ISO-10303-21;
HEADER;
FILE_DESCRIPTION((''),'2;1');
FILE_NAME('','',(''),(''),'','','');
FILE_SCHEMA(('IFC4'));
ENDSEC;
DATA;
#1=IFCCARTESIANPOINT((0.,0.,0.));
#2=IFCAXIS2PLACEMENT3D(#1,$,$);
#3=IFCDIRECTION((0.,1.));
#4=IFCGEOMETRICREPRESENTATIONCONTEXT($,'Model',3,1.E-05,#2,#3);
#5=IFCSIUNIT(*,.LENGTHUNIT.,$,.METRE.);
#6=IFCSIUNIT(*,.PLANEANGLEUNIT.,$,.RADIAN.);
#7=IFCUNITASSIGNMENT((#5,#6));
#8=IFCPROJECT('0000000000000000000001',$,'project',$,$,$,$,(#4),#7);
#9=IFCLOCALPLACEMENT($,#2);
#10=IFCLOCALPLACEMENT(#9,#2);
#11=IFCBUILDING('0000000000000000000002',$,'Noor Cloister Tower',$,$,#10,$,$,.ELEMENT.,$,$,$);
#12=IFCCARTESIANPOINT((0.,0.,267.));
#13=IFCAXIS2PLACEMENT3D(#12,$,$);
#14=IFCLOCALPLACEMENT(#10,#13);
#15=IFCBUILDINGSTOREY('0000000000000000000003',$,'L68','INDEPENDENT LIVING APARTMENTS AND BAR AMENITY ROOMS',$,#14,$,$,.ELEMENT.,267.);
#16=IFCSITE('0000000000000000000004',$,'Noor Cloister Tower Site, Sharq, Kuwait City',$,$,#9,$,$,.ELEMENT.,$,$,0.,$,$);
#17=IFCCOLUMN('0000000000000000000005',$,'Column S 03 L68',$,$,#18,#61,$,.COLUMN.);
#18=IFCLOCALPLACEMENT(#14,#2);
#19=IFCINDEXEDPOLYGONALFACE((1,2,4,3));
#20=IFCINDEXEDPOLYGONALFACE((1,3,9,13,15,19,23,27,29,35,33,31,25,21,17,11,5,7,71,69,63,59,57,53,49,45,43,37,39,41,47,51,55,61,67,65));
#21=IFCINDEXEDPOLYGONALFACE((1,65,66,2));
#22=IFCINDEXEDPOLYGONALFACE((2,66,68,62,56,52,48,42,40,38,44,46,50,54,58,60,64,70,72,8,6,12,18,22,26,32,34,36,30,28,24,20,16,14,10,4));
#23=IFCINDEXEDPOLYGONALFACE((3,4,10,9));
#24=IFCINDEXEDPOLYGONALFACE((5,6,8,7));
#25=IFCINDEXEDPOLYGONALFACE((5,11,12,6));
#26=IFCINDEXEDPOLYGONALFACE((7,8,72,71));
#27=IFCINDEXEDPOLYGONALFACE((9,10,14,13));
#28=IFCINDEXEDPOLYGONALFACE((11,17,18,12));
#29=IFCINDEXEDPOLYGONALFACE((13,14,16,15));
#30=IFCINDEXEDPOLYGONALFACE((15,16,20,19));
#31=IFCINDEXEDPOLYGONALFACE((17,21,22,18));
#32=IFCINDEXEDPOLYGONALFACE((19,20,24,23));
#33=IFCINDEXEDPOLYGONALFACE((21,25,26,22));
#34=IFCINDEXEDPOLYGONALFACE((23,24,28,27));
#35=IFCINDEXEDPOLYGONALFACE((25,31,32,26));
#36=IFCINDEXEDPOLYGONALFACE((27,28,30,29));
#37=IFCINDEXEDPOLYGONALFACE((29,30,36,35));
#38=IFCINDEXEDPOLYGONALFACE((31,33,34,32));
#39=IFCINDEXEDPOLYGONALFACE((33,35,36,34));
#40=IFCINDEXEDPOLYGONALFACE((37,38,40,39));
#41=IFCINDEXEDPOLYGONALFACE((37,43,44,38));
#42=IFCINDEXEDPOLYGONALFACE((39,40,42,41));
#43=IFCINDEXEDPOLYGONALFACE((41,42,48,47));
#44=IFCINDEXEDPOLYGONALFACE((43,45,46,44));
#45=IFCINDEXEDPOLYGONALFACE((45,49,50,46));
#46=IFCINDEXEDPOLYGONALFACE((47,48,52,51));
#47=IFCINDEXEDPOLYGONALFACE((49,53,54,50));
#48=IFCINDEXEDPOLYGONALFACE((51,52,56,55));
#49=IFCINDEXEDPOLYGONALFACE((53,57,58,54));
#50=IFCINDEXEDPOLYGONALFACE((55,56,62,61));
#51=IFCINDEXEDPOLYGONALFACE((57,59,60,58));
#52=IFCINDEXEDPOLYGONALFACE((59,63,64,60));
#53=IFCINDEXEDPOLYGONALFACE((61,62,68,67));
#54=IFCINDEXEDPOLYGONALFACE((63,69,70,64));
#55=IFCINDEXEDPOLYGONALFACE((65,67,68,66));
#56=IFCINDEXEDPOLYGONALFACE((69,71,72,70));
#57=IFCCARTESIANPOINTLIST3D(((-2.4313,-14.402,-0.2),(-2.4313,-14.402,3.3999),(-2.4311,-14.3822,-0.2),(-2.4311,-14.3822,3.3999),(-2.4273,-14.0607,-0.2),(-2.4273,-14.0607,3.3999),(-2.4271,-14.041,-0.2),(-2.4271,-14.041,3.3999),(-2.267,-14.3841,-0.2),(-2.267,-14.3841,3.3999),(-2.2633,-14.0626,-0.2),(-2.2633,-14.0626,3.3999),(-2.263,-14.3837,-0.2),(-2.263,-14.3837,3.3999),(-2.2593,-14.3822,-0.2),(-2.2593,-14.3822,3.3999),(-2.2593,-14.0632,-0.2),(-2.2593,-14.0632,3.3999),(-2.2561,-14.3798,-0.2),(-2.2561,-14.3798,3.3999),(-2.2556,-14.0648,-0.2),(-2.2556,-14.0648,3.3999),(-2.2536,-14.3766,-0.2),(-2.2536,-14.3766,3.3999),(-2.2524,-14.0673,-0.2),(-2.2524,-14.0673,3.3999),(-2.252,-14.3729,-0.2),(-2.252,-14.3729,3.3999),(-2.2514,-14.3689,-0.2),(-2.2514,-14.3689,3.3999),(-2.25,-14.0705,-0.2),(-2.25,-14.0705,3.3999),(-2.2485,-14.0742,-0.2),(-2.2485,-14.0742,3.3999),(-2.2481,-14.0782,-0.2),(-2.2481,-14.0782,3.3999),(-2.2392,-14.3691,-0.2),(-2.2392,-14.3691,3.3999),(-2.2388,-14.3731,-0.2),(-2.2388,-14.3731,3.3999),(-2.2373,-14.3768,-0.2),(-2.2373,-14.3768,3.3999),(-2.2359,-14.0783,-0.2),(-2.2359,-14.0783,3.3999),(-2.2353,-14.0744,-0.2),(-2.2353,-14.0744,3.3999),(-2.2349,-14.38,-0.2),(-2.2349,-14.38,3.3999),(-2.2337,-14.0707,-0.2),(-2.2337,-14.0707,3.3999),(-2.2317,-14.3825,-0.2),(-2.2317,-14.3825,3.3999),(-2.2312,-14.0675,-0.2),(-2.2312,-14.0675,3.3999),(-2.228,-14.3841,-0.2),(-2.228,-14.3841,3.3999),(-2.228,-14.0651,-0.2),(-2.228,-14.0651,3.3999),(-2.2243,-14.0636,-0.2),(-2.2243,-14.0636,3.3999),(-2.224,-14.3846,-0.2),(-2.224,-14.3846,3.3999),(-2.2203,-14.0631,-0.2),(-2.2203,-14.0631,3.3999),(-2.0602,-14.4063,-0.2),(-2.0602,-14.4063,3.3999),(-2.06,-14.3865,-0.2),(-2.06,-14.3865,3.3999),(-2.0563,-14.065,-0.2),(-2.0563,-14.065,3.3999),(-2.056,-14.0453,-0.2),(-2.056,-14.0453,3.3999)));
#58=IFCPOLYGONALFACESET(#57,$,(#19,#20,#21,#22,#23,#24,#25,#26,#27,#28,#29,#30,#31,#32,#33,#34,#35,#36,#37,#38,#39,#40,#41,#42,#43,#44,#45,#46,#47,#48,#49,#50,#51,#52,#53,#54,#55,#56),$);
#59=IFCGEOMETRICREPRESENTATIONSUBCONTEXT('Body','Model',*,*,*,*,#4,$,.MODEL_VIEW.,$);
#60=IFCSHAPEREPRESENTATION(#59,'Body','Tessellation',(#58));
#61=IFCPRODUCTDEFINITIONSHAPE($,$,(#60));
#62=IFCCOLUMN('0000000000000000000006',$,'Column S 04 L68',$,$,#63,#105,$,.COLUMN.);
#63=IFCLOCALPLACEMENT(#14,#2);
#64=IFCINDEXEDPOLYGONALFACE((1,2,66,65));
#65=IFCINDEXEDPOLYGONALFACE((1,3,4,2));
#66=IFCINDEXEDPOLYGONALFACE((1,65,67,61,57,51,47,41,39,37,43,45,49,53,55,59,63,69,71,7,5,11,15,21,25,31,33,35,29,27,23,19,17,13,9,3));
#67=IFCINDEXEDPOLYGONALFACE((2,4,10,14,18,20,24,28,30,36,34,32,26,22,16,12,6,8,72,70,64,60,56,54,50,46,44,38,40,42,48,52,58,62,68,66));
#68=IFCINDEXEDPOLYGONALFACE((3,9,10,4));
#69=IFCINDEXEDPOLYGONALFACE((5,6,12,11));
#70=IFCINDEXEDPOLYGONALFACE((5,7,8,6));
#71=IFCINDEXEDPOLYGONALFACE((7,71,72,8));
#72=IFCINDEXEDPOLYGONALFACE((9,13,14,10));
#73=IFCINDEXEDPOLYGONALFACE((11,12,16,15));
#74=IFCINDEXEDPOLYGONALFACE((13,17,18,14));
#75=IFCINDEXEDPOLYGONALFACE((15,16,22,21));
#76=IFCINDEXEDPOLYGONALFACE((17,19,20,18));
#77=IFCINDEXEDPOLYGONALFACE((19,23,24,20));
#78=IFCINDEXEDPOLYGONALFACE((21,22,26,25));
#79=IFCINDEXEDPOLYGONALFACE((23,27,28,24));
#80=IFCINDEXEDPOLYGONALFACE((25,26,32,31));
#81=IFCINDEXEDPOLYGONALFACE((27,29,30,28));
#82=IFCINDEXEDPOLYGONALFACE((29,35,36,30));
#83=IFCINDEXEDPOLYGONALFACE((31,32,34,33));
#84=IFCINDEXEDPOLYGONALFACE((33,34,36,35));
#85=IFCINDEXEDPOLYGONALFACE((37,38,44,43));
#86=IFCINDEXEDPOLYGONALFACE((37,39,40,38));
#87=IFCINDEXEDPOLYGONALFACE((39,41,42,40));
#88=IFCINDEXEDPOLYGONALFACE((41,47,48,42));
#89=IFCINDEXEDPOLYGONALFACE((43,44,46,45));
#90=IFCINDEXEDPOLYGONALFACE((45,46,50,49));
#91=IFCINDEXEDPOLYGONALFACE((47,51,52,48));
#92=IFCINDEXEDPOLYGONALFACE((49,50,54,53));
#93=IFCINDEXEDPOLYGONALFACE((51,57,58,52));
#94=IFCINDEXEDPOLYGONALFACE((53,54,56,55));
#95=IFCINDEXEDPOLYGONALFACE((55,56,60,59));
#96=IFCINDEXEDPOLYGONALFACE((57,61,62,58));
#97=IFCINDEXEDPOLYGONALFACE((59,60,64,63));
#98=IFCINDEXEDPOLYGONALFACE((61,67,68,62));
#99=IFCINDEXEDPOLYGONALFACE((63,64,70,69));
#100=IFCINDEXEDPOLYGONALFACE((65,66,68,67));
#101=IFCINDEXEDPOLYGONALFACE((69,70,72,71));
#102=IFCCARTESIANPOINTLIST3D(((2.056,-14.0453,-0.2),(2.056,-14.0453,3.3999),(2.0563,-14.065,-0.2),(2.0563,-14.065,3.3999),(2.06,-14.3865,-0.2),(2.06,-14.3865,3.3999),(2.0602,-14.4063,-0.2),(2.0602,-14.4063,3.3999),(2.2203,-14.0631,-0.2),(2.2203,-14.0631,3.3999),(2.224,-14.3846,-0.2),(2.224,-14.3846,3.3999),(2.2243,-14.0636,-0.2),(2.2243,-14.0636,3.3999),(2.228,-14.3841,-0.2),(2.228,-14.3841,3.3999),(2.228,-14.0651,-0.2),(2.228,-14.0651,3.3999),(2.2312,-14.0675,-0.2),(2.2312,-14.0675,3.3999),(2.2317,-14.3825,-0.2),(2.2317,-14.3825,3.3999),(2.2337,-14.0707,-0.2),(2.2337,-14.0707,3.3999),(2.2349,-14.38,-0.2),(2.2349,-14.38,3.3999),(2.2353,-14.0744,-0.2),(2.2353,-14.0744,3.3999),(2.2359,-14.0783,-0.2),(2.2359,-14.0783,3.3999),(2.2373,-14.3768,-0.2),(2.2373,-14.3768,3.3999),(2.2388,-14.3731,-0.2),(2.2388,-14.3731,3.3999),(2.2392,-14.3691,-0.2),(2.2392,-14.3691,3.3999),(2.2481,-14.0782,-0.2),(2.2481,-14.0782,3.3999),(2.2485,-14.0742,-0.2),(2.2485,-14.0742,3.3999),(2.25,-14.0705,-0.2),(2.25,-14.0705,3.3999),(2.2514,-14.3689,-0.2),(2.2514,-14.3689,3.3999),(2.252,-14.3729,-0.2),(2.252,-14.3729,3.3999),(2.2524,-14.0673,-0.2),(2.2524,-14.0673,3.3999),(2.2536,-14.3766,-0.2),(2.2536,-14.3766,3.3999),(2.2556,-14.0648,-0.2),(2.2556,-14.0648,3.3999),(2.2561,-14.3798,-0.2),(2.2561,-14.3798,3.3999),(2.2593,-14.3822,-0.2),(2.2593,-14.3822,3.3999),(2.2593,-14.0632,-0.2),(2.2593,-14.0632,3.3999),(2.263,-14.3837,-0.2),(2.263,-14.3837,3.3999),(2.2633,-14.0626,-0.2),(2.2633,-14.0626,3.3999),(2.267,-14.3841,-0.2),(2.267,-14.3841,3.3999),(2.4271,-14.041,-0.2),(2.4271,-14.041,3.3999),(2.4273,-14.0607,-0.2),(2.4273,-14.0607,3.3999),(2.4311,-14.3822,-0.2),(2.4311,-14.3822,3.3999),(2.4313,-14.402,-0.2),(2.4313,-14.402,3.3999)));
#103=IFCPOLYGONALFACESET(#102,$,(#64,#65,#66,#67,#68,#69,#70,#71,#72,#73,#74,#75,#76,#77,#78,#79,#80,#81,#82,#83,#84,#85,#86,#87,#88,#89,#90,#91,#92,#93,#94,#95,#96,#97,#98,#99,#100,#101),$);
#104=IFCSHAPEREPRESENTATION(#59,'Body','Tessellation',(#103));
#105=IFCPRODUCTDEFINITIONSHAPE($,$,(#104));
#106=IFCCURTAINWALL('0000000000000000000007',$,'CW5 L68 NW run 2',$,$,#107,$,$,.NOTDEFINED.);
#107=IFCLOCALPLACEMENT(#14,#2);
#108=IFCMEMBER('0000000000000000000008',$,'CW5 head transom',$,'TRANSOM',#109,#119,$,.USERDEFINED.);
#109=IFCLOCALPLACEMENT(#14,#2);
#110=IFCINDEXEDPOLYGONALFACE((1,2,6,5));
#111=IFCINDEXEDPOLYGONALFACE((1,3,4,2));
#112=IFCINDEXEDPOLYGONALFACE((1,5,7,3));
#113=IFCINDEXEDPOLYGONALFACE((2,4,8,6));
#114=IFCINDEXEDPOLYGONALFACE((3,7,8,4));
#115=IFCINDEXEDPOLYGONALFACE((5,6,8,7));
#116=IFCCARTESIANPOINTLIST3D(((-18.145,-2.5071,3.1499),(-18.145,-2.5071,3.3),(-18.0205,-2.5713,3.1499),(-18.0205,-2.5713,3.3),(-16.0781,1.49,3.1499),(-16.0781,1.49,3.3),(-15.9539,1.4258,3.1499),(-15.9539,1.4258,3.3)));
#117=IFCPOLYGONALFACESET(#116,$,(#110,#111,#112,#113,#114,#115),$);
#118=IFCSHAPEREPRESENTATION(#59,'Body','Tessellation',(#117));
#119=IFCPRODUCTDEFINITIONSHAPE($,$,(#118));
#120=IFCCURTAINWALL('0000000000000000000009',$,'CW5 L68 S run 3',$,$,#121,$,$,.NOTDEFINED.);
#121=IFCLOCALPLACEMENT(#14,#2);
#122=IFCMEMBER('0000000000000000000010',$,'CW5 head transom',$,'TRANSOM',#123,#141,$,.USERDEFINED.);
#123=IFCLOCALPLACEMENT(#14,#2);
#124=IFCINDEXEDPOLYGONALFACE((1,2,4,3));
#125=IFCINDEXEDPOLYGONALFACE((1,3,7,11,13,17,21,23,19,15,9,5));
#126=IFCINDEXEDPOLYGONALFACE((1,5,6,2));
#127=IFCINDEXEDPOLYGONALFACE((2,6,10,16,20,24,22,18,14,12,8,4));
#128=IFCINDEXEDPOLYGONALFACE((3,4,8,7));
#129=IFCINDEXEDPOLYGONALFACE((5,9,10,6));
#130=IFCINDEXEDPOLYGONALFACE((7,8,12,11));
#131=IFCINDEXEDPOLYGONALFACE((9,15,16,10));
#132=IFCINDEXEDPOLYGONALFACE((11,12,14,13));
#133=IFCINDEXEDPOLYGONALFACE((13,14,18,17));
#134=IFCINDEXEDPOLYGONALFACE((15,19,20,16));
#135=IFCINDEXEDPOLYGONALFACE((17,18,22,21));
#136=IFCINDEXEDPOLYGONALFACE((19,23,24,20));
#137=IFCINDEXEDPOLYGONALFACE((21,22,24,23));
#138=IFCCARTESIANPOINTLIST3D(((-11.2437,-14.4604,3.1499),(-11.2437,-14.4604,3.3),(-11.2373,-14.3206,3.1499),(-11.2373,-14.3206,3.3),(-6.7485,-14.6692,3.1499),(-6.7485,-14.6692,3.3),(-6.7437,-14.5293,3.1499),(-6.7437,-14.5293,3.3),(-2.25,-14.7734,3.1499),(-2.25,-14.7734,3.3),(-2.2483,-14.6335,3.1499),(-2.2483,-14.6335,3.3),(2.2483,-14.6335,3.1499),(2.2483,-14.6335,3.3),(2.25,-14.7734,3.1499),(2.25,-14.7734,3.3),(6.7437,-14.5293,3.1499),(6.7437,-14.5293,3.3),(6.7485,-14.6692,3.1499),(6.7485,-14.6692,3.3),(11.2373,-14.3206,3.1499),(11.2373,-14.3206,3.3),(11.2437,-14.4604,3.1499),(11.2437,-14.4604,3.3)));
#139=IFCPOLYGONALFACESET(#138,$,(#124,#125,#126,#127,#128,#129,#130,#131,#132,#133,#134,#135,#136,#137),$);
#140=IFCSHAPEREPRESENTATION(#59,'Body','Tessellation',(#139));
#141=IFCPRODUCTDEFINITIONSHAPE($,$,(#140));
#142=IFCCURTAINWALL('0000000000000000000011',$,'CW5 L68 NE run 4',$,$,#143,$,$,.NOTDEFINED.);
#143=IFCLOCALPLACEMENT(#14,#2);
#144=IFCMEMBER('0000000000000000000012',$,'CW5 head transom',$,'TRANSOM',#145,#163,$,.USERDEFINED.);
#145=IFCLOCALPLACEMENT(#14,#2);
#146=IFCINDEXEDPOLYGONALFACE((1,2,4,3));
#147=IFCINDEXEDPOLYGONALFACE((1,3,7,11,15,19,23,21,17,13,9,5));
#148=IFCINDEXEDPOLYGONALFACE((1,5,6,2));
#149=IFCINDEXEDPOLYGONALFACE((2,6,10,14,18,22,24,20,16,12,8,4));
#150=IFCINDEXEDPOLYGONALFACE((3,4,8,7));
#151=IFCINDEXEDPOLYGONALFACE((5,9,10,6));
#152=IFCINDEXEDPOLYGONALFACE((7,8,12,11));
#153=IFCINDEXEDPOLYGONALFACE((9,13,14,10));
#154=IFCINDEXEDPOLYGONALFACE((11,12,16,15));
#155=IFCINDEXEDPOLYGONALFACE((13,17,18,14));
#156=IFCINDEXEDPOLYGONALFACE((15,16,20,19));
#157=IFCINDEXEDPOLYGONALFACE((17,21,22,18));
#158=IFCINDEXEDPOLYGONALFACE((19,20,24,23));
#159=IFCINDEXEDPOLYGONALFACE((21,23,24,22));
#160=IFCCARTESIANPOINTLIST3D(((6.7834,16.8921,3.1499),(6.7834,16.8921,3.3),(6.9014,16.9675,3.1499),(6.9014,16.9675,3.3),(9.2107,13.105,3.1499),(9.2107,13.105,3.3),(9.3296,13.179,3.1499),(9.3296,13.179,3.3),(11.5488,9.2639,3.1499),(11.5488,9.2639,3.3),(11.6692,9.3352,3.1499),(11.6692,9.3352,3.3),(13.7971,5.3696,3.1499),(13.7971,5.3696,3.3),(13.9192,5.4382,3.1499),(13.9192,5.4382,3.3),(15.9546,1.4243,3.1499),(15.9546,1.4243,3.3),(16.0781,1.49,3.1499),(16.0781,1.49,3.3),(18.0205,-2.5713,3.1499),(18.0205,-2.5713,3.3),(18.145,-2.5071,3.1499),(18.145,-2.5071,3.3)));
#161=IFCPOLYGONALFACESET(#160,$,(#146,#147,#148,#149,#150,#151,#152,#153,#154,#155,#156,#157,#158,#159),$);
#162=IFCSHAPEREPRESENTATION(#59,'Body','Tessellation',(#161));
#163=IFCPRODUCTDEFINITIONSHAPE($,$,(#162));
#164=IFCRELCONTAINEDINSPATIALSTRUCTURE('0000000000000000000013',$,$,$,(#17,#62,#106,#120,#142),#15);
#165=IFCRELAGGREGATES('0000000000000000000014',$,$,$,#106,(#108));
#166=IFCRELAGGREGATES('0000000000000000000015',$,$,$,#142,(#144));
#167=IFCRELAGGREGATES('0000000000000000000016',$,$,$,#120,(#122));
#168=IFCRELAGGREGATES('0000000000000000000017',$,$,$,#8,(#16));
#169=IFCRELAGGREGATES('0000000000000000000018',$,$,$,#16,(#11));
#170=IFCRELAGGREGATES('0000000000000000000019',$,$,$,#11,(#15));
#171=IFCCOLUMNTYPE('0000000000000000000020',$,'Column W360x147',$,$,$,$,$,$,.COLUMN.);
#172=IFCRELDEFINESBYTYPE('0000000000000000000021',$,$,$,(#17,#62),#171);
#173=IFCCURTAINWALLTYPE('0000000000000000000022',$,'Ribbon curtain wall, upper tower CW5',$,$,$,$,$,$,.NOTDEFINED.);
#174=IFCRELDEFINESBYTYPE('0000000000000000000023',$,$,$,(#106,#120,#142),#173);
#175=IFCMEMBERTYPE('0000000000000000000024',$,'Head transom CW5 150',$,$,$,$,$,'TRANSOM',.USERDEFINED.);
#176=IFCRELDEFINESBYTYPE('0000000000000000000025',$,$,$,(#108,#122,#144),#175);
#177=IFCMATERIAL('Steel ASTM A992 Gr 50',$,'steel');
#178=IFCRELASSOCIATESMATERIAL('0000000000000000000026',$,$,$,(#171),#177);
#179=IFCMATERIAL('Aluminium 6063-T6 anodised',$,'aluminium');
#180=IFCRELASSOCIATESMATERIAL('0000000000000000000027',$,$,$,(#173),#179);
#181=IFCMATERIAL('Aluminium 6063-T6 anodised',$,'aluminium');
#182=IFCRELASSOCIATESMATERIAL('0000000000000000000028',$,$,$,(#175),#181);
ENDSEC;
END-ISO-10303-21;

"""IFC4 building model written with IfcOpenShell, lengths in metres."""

from ifc_helpers import new_model, si_unit, direction, frame, origin, origin_2d, place, context, subcontext, project, spatial, polyline, i_section, outline, extrude, material, material_profile, profile_set, type_object, element, aggregate, save


model = new_model("IFC4")

# Units and contexts
model_context = context("Model", 3, precision=1e-05, world=origin(), true_north=direction((0.0, 1.0)))
body_context = subcontext(model_context, "Body", "Model", "MODEL_VIEW")
ifc_project = project(units=[si_unit("LENGTHUNIT", "METRE"), si_unit("PLANEANGLEUNIT", "RADIAN")], contexts=[model_context])

# Site, building, storey
site_placement = place(None, origin())
site = spatial("IfcSite", under=ifc_project, at=site_placement, Name="Noor Cloister Tower Site, Sharq, Kuwait City", CompositionType="ELEMENT", RefElevation=0.0)
building_placement = place(site_placement, origin())
building = spatial("IfcBuilding", under=site, at=building_placement, Name="Noor Cloister Tower", CompositionType="ELEMENT")
storey_placement = place(building_placement, frame((0.0, 0.0, 267.0)))
storey = spatial("IfcBuildingStorey", under=building, at=storey_placement, Name="L68", Description="INDEPENDENT LIVING APARTMENTS AND BAR AMENITY ROOMS", CompositionType="ELEMENT", Elevation=267.0)

# Columns
ifc_material_1 = material(Name="Steel ASTM A992 Gr 50", Category="steel")
ifc_material_profile_1 = material_profile(ifc_material_1, i_section(OverallWidth=0.3711, OverallDepth=0.3611, WebThickness=0.0122, FlangeThickness=0.0198, FilletRadius=0.0154, at=origin_2d()), Name="W360x147")
ifc_profile_set_1 = profile_set([ifc_material_profile_1], Name="Steel ASTM A992 Gr 50")
column_type = type_object("IfcColumnType", Name="Column W360x147", PredefinedType="COLUMN", material=ifc_profile_set_1)
for number, where, z_axis, x_axis, name in (
    (1, (-2.2437, -14.2236, -0.2), (0.0, 0.0, 1.0), (0.999933, -0.011596, 0.0), "Column S 03 L68"),
    (2, (2.2437, -14.2236, -0.2), (0.0, 0.0, 1.0), (0.999933, 0.011596, 0.0), "Column S 04 L68"),
):
    element("IfcColumn", number, at=place(storey_placement, frame(where, z_axis=z_axis, x_axis=x_axis)), inside=storey, type_object=column_type, Name=name, PredefinedType="COLUMN", context=body_context, shape_type="SweptSolid", body=[
        extrude(i_section(OverallWidth=0.3711, OverallDepth=0.3611, WebThickness=0.0122, FlangeThickness=0.0198, FilletRadius=0.0154, at=origin_2d()), origin(), (0.0, 0.0, 1.0), 3.5999),
    ])

# Curtain walls, members
ifc_material_2 = material(Name="Aluminium 6063-T6 anodised", Category="aluminium")
curtain_wall_type_1 = type_object("IfcCurtainWallType", Name="Ribbon curtain wall, upper tower CW5", PredefinedType="NOTDEFINED", material=ifc_material_2)
curtain_wall_1_placement = place(storey_placement, origin())
curtain_wall_1 = element("IfcCurtainWall", 3, at=curtain_wall_1_placement, inside=storey, type_object=curtain_wall_type_1, Name="CW5 L68 NW run 2", PredefinedType="NOTDEFINED")
ifc_material_3 = material(Name="Aluminium 6063-T6 anodised", Category="aluminium")
member_type_1 = type_object("IfcMemberType", Name="Head transom CW5 150", ElementType="TRANSOM", PredefinedType="USERDEFINED", material=ifc_material_3)
member_1_placement = place(storey_placement, frame((0.0, 0.0, 3.1499)))
member_1 = element("IfcMember", 4, at=member_1_placement, type_object=member_type_1, Name="CW5 head transom", ObjectType="TRANSOM", PredefinedType="USERDEFINED", context=body_context, shape_type="SweptSolid", body=[
    extrude(outline(polyline([(-16.0781, 1.49), (-18.145, -2.5071), (-18.0205, -2.5713), (-15.9539, 1.4258), (-16.0781, 1.49)])), origin(), (0.0, 0.0, 1.0), 0.1501),
])
curtain_wall_2_placement = place(storey_placement, origin())
curtain_wall_2 = element("IfcCurtainWall", 5, at=curtain_wall_2_placement, inside=storey, type_object=curtain_wall_type_1, Name="CW5 L68 S run 3", PredefinedType="NOTDEFINED")
member_2_placement = place(storey_placement, frame((0.0, 0.0, 3.1499)))
member_2 = element("IfcMember", 6, at=member_2_placement, type_object=member_type_1, Name="CW5 head transom", ObjectType="TRANSOM", PredefinedType="USERDEFINED", context=body_context, shape_type="SweptSolid", body=[
    extrude(outline(polyline([(-11.2437, -14.4604), (-6.7485, -14.6692), (-2.25, -14.7734), (2.25, -14.7734), (6.7485, -14.6692), (11.2437, -14.4604), (11.2373, -14.3206), (6.7437, -14.5293), (2.2483, -14.6335), (-2.2483, -14.6335), (-6.7437, -14.5293), (-11.2373, -14.3206), (-11.2437, -14.4604)])), origin(), (0.0, 0.0, 1.0), 0.1501),
])
curtain_wall_3_placement = place(storey_placement, origin())
curtain_wall_3 = element("IfcCurtainWall", 7, at=curtain_wall_3_placement, inside=storey, type_object=curtain_wall_type_1, Name="CW5 L68 NE run 4", PredefinedType="NOTDEFINED")
member_3_placement = place(storey_placement, frame((0.0, 0.0, 3.1499)))
member_3 = element("IfcMember", 8, at=member_3_placement, type_object=member_type_1, Name="CW5 head transom", ObjectType="TRANSOM", PredefinedType="USERDEFINED", context=body_context, shape_type="SweptSolid", body=[
    extrude(outline(polyline([(18.145, -2.5071), (16.0781, 1.49), (13.9192, 5.4382), (11.6692, 9.3352), (9.3296, 13.179), (6.9014, 16.9675), (6.7834, 16.8921), (9.2107, 13.105), (11.5488, 9.2639), (13.7971, 5.3696), (15.9546, 1.4243), (18.0205, -2.5713), (18.145, -2.5071)])), origin(), (0.0, 0.0, 1.0), 0.1501),
])

aggregate(curtain_wall_1, [member_1])
aggregate(curtain_wall_3, [member_3])

aggregate(curtain_wall_2, [member_2])

save(model, "model.ifc")
